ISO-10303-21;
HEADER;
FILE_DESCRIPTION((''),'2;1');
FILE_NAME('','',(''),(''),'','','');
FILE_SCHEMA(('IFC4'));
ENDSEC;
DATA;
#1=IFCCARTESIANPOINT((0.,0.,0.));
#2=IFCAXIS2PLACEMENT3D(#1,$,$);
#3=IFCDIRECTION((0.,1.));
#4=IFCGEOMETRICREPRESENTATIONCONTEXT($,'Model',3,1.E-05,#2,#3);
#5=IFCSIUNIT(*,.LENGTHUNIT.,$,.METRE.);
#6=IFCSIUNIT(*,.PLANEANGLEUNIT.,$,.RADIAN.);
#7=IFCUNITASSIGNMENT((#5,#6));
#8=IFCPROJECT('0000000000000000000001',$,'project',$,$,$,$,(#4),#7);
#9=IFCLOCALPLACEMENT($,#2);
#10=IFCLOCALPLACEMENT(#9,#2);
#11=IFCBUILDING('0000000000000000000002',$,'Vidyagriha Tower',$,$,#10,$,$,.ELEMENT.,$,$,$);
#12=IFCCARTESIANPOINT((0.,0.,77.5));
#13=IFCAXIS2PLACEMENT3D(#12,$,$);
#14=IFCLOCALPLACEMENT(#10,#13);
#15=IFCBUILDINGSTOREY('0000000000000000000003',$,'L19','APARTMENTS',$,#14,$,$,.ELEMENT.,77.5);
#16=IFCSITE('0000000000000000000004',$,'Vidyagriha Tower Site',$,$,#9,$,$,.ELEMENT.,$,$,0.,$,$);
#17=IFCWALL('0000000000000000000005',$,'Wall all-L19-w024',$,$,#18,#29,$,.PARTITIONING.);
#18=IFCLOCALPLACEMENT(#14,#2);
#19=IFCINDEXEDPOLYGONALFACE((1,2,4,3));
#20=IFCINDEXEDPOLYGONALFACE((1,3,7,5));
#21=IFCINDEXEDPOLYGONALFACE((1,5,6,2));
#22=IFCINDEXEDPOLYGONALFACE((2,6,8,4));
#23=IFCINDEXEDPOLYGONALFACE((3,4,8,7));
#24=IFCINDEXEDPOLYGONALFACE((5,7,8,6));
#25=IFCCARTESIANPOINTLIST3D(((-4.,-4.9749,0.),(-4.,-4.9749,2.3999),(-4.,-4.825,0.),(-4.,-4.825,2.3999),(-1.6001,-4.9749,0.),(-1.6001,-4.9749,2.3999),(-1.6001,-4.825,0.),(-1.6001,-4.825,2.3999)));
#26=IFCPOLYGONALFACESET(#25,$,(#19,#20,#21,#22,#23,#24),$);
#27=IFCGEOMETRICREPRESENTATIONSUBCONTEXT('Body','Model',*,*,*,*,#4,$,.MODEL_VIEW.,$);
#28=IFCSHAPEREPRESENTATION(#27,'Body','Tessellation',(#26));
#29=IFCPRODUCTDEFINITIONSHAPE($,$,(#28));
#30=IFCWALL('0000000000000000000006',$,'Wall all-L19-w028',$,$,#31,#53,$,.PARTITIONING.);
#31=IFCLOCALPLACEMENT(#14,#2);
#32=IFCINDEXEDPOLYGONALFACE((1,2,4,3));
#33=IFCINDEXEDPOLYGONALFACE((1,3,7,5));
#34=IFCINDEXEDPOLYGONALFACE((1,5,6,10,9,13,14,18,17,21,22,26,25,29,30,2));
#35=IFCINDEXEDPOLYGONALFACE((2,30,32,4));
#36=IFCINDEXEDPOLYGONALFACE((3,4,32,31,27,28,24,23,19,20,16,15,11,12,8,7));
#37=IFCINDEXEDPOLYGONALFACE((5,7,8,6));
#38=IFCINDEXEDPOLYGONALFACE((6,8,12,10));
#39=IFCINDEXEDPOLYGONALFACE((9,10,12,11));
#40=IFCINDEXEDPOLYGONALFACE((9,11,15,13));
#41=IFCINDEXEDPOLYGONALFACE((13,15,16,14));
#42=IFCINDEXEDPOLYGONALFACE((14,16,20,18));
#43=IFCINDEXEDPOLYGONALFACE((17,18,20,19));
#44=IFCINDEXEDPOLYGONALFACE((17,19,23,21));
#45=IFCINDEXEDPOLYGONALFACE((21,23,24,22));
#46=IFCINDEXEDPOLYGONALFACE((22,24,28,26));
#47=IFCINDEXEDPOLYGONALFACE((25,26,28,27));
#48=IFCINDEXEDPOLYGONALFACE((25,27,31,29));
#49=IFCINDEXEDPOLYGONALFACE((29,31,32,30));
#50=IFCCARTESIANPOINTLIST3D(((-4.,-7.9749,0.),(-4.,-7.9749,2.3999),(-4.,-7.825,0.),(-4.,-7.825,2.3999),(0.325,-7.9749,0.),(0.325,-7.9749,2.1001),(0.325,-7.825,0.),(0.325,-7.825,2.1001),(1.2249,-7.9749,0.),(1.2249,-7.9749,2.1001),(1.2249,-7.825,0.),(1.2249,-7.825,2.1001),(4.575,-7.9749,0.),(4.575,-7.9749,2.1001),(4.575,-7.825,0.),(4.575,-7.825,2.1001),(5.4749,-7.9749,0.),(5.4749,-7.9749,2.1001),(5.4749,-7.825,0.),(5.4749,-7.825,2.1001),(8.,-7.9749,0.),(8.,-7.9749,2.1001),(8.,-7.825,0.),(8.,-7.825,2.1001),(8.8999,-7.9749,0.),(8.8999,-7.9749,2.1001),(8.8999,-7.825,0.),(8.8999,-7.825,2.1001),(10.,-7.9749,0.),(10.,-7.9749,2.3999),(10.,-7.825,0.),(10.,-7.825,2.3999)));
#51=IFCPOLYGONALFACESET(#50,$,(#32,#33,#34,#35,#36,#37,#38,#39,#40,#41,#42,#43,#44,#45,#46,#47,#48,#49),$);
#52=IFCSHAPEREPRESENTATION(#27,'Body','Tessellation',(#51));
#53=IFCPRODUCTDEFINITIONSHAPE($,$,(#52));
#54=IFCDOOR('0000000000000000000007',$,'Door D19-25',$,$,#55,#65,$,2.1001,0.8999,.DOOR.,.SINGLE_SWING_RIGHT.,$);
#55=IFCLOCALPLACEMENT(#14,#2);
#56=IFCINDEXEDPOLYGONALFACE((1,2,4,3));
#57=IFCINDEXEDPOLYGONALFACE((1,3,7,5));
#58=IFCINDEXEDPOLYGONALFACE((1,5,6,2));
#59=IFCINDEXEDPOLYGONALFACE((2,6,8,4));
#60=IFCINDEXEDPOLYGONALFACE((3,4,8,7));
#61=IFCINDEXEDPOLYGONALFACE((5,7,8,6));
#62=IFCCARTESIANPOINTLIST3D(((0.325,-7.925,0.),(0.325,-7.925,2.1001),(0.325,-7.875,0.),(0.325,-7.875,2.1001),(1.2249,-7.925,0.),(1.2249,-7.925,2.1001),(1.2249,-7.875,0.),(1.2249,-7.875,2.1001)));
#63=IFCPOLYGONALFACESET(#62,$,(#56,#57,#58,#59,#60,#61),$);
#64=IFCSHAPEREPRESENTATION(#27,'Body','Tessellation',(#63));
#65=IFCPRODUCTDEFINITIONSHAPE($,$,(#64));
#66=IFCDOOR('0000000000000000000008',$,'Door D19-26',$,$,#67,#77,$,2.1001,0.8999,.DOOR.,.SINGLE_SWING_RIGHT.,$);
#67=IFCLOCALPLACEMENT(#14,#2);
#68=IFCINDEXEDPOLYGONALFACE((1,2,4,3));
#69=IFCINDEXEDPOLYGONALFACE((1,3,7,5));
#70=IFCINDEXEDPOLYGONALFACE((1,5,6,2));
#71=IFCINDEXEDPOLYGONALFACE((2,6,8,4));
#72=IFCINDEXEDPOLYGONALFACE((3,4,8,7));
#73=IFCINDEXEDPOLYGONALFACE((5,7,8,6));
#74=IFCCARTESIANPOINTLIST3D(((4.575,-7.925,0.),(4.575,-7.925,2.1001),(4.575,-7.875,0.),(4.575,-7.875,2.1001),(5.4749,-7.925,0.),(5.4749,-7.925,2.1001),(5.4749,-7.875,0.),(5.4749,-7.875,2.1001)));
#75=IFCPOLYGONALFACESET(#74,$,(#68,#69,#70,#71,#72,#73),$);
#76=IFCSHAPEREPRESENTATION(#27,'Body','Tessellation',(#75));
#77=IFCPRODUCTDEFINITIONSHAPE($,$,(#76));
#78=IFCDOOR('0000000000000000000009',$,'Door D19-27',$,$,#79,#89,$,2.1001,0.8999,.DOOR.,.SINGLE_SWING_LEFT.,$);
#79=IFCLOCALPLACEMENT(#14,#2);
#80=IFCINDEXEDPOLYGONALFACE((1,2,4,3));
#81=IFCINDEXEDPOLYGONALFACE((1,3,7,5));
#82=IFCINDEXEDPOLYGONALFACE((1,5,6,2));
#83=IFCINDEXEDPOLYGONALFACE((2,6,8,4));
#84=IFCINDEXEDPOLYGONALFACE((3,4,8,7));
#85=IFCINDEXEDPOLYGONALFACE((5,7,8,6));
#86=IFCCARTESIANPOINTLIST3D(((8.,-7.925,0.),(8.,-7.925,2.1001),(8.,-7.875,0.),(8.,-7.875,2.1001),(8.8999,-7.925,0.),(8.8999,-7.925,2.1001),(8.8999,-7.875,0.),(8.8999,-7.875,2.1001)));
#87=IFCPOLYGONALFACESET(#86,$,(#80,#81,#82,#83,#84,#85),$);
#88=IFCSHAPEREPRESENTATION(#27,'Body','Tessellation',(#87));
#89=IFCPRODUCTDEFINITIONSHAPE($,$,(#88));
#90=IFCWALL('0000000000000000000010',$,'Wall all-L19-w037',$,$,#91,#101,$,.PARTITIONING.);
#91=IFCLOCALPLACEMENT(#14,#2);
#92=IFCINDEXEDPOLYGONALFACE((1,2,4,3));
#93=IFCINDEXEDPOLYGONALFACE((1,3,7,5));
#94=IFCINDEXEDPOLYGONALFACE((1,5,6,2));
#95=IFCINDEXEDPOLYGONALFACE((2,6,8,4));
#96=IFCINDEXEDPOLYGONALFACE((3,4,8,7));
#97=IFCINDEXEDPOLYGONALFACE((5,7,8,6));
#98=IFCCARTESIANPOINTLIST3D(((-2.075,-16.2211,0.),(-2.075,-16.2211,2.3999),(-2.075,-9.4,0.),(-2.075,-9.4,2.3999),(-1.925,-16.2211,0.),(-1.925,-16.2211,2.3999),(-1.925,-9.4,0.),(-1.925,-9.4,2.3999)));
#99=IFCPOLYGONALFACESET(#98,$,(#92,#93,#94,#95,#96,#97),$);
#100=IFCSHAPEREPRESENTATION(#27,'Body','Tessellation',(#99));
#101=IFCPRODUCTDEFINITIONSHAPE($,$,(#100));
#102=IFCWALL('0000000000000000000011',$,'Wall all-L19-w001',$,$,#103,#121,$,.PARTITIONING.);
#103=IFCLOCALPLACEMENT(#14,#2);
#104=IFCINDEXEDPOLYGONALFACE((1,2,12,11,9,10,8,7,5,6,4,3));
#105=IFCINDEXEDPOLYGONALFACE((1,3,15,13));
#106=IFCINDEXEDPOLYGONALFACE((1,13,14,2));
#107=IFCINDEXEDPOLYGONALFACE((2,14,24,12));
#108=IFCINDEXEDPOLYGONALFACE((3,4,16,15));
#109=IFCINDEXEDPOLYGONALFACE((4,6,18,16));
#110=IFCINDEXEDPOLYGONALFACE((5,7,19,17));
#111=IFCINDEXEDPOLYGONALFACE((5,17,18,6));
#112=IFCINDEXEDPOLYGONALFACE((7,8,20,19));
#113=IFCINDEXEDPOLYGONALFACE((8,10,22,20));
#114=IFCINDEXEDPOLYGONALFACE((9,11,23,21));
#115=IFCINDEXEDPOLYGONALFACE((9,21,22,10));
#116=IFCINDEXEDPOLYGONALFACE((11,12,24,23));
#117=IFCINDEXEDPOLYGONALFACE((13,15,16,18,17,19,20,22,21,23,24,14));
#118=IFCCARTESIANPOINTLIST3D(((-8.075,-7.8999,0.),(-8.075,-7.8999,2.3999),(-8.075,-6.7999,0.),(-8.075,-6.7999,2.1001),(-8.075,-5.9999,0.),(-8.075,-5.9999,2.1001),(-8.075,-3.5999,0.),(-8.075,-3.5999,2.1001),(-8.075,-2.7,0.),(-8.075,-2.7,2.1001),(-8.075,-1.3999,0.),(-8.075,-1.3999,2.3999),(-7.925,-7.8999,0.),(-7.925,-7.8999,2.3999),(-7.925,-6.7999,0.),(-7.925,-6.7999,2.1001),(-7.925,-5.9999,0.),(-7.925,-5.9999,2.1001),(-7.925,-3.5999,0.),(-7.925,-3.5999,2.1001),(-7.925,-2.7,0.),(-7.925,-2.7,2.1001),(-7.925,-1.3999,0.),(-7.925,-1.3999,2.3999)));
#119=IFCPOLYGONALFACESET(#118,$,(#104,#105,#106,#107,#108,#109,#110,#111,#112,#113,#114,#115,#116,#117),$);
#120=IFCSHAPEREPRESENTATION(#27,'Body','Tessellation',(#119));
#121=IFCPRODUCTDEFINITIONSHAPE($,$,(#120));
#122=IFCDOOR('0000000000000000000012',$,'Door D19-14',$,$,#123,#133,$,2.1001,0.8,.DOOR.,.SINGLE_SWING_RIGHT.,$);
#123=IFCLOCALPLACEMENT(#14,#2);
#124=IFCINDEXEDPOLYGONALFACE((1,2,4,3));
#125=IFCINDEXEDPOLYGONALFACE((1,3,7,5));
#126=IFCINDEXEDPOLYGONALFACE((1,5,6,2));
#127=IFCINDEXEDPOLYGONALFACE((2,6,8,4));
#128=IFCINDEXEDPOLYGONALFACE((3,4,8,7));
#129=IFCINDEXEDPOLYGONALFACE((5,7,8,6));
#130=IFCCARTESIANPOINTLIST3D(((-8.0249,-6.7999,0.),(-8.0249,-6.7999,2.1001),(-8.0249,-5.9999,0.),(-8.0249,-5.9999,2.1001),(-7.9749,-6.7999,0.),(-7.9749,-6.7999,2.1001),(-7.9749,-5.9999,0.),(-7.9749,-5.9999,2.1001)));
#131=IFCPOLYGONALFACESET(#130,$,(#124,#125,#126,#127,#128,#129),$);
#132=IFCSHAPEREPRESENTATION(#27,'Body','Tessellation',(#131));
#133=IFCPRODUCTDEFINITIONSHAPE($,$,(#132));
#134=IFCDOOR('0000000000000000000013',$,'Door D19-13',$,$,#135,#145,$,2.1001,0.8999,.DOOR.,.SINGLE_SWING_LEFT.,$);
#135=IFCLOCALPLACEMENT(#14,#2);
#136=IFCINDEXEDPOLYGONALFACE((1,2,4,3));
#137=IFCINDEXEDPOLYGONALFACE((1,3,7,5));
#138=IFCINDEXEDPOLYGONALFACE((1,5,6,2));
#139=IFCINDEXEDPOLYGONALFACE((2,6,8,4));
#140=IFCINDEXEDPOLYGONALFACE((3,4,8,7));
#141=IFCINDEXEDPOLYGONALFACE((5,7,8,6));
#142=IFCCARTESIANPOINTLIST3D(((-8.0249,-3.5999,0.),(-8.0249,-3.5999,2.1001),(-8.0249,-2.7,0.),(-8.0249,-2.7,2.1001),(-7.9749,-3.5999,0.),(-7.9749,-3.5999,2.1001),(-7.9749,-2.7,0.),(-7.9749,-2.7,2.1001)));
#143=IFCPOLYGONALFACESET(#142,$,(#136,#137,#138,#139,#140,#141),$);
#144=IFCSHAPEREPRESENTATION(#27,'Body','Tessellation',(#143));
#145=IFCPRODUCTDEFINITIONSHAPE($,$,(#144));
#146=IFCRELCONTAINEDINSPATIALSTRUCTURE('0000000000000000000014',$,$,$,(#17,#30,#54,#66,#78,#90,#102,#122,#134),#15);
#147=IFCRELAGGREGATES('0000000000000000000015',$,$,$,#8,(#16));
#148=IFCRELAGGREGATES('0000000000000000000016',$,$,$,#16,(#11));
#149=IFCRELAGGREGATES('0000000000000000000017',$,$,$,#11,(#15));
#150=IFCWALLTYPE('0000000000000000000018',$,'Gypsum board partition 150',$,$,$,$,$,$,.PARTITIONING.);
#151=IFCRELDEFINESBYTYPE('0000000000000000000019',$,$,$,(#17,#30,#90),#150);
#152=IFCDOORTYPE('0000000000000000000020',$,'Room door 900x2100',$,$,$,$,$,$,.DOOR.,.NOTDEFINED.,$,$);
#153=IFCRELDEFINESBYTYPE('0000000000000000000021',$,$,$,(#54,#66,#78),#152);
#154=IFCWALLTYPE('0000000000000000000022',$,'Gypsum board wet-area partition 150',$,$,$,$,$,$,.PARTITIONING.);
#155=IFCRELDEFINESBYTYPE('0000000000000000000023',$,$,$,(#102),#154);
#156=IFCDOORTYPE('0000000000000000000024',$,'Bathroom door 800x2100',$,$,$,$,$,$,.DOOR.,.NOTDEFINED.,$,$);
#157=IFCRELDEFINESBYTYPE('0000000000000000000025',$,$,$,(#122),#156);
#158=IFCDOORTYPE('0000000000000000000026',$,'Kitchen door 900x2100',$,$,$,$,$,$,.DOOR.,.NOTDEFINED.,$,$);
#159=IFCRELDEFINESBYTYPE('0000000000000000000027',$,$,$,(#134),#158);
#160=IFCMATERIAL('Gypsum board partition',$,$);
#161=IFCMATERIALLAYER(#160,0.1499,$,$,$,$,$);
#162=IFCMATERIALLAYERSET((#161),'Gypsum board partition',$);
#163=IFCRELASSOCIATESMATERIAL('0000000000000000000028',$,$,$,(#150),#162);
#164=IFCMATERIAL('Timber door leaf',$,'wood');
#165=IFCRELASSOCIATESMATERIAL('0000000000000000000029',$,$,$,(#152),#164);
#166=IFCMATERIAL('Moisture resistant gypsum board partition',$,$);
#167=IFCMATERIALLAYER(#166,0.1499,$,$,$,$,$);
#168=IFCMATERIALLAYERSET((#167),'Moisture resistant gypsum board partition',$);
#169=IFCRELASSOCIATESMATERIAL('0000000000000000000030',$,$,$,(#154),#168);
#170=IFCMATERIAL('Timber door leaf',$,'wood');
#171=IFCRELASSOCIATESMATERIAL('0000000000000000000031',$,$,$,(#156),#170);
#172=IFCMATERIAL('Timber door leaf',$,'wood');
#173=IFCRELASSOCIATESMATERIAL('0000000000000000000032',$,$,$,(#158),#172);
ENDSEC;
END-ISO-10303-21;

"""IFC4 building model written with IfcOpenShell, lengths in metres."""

from ifc_helpers import new_model, si_unit, direction, frame, frame_2d, origin, place, context, subcontext, project, spatial, rectangle, extrude, material, layer, layer_set, type_object, element, fill, save


model = new_model("IFC4")

# Units and contexts
model_context = context("Model", 3, precision=1e-05, world=origin(), true_north=direction((0.0, 1.0)))
body_context = subcontext(model_context, "Body", "Model", "MODEL_VIEW")
ifc_project = project(units=[si_unit("LENGTHUNIT", "METRE"), si_unit("PLANEANGLEUNIT", "RADIAN")], contexts=[model_context])

# Site, building, storey
site_placement = place(None, origin())
site = spatial("IfcSite", under=ifc_project, at=site_placement, Name="Vidyagriha Tower Site", CompositionType="ELEMENT", RefElevation=0.0)
building_placement = place(site_placement, origin())
building = spatial("IfcBuilding", under=site, at=building_placement, Name="Vidyagriha Tower", CompositionType="ELEMENT")
storey_placement = place(building_placement, frame((0.0, 0.0, 77.5)))
storey = spatial("IfcBuildingStorey", under=building, at=storey_placement, Name="L19", Description="APARTMENTS", CompositionType="ELEMENT", Elevation=77.5)

# Shared definitions
ifc_material_1 = material(Name="Gypsum board partition")
ifc_layer_1 = layer(ifc_material_1, 0.1499)
ifc_layer_set_1 = layer_set([ifc_layer_1], Name="Gypsum board partition")
wall_type_1 = type_object("IfcWallType", Name="Gypsum board partition 150", PredefinedType="PARTITIONING", material=ifc_layer_set_1)

# Shared definitions
ifc_material_2 = material(Name="Timber door leaf", Category="wood")
door_type_1 = type_object("IfcDoorType", Name="Room door 900x2100", OperationType="NOTDEFINED", PredefinedType="DOOR", material=ifc_material_2)

# Wall
wall_1_placement = place(storey_placement, frame((-1.6001, -4.8999, 0.0), z_axis=(0.0, 0.0, 1.0), x_axis=(-1.0, 0.0, 0.0)))
element("IfcWall", 1, at=wall_1_placement, inside=storey, type_object=wall_type_1, Name="Wall all-L19-w024", PredefinedType="PARTITIONING", context=body_context, shape_type="SweptSolid", body=[
    extrude(rectangle(XDim=2.3999, YDim=0.1499, at=frame_2d((1.2, 0.0))), origin(), (0.0, 0.0, 1.0), 2.3999),
])

# Wall, openings, doors
wall_2_placement = place(storey_placement, frame((-4.0, -7.8999, 0.0)))
wall_2 = element("IfcWall", 2, at=wall_2_placement, inside=storey, type_object=wall_type_1, Name="Wall all-L19-w028", PredefinedType="PARTITIONING", context=body_context, shape_type="SweptSolid", body=[
    extrude(rectangle(XDim=14.0, YDim=0.1499, at=frame_2d((7.0, 0.0))), origin(), (0.0, 0.0, 1.0), 2.3999),
])
opening_1_placement = place(wall_2_placement, frame((4.325, 0.0, 0.0)))
opening_1 = element("IfcOpeningElement", 3, at=opening_1_placement, cuts=wall_2, PredefinedType="OPENING", context=body_context, shape_type="SweptSolid", body=[
    extrude(rectangle(XDim=0.8999, YDim=2.1001, at=frame_2d((0.45, 1.05))), frame((0.0, 0.085, 0.0), z_axis=(0.0, -1.0, 0.0), x_axis=(1.0, 0.0, 0.0)), (0.0, 0.0, 1.0), 0.1699),
])
opening_2_placement = place(wall_2_placement, frame((8.575, 0.0, 0.0)))
opening_2 = element("IfcOpeningElement", 4, at=opening_2_placement, cuts=wall_2, PredefinedType="OPENING", context=body_context, shape_type="SweptSolid", body=[
    extrude(rectangle(XDim=0.8999, YDim=2.1001, at=frame_2d((0.45, 1.05))), frame((0.0, 0.085, 0.0), z_axis=(0.0, -1.0, 0.0), x_axis=(1.0, 0.0, 0.0)), (0.0, 0.0, 1.0), 0.1699),
])
opening_3_placement = place(wall_2_placement, frame((12.0, 0.0, 0.0)))
opening_3 = element("IfcOpeningElement", 5, at=opening_3_placement, cuts=wall_2, PredefinedType="OPENING", context=body_context, shape_type="SweptSolid", body=[
    extrude(rectangle(XDim=0.8999, YDim=2.1001, at=frame_2d((0.45, 1.05))), frame((0.0, 0.085, 0.0), z_axis=(0.0, -1.0, 0.0), x_axis=(1.0, 0.0, 0.0)), (0.0, 0.0, 1.0), 0.1699),
])
door_1_placement = place(opening_1_placement, origin())
door_1 = element("IfcDoor", 6, at=door_1_placement, inside=storey, type_object=door_type_1, Name="Door D19-25", OperationType="SINGLE_SWING_RIGHT", OverallHeight=2.1001, OverallWidth=0.8999, PredefinedType="DOOR", context=body_context, shape_type="SweptSolid", body=[
    extrude(rectangle(XDim=0.8999, YDim=2.1001, at=frame_2d((0.45, 1.05))), frame((0.0, 0.0249, 0.0), z_axis=(0.0, -1.0, 0.0), x_axis=(1.0, 0.0, 0.0)), (0.0, 0.0, 1.0), 0.05),
])
fill(opening_1, door_1)
door_2_placement = place(opening_2_placement, origin())
door_2 = element("IfcDoor", 7, at=door_2_placement, inside=storey, type_object=door_type_1, Name="Door D19-26", OperationType="SINGLE_SWING_RIGHT", OverallHeight=2.1001, OverallWidth=0.8999, PredefinedType="DOOR", context=body_context, shape_type="SweptSolid", body=[
    extrude(rectangle(XDim=0.8999, YDim=2.1001, at=frame_2d((0.45, 1.05))), frame((0.0, 0.0249, 0.0), z_axis=(0.0, -1.0, 0.0), x_axis=(1.0, 0.0, 0.0)), (0.0, 0.0, 1.0), 0.05),
])
fill(opening_2, door_2)
door_3_placement = place(opening_3_placement, origin())
door_3 = element("IfcDoor", 8, at=door_3_placement, inside=storey, type_object=door_type_1, Name="Door D19-27", OperationType="SINGLE_SWING_LEFT", OverallHeight=2.1001, OverallWidth=0.8999, PredefinedType="DOOR", context=body_context, shape_type="SweptSolid", body=[
    extrude(rectangle(XDim=0.8999, YDim=2.1001, at=frame_2d((0.45, 1.05))), frame((0.0, 0.0249, 0.0), z_axis=(0.0, -1.0, 0.0), x_axis=(1.0, 0.0, 0.0)), (0.0, 0.0, 1.0), 0.05),
])
fill(opening_3, door_3)

# Wall
wall_3_placement = place(storey_placement, frame((-2.0, -9.3999, 0.0), z_axis=(0.0, 0.0, 1.0), x_axis=(0.0, -1.0, 0.0)))
element("IfcWall", 9, at=wall_3_placement, inside=storey, type_object=wall_type_1, Name="Wall all-L19-w037", PredefinedType="PARTITIONING", context=body_context, shape_type="SweptSolid", body=[
    extrude(rectangle(XDim=6.821, YDim=0.1499, at=frame_2d((3.4106, 0.0))), origin(), (0.0, 0.0, 1.0), 2.3999),
])

# Wall, openings, doors
ifc_material_3 = material(Name="Moisture resistant gypsum board partition")
ifc_layer_2 = layer(ifc_material_3, 0.1499)
ifc_layer_set_2 = layer_set([ifc_layer_2], Name="Moisture resistant gypsum board partition")
wall_type_2 = type_object("IfcWallType", Name="Gypsum board wet-area partition 150", PredefinedType="PARTITIONING", material=ifc_layer_set_2)
wall_4_placement = place(storey_placement, frame((-8.0, -7.8999, 0.0), z_axis=(0.0, 0.0, 1.0), x_axis=(0.0, 1.0, 0.0)))
wall_4 = element("IfcWall", 10, at=wall_4_placement, inside=storey, type_object=wall_type_2, Name="Wall all-L19-w001", PredefinedType="PARTITIONING", context=body_context, shape_type="SweptSolid", body=[
    extrude(rectangle(XDim=6.5, YDim=0.1499, at=frame_2d((3.25, 0.0))), origin(), (0.0, 0.0, 1.0), 2.3999),
])
opening_4_placement = place(wall_4_placement, frame((4.3, 0.0, 0.0)))
opening_4 = element("IfcOpeningElement", 11, at=opening_4_placement, cuts=wall_4, PredefinedType="OPENING", context=body_context, shape_type="SweptSolid", body=[
    extrude(rectangle(XDim=0.8999, YDim=2.1001, at=frame_2d((0.45, 1.05))), frame((0.0, 0.085, 0.0), z_axis=(0.0, -1.0, 0.0), x_axis=(1.0, 0.0, 0.0)), (0.0, 0.0, 1.0), 0.1699),
])
opening_5_placement = place(wall_4_placement, frame((1.1001, 0.0, 0.0)))
opening_5 = element("IfcOpeningElement", 12, at=opening_5_placement, cuts=wall_4, PredefinedType="OPENING", context=body_context, shape_type="SweptSolid", body=[
    extrude(rectangle(XDim=0.8, YDim=2.1001, at=frame_2d((0.3999, 1.05))), frame((0.0, 0.085, 0.0), z_axis=(0.0, -1.0, 0.0), x_axis=(1.0, 0.0, 0.0)), (0.0, 0.0, 1.0), 0.1699),
])
ifc_material_4 = material(Name="Timber door leaf", Category="wood")
door_type_2 = type_object("IfcDoorType", Name="Bathroom door 800x2100", OperationType="NOTDEFINED", PredefinedType="DOOR", material=ifc_material_4)
door_4_placement = place(opening_5_placement, origin())
door_4 = element("IfcDoor", 13, at=door_4_placement, inside=storey, type_object=door_type_2, Name="Door D19-14", OperationType="SINGLE_SWING_RIGHT", OverallHeight=2.1001, OverallWidth=0.8, PredefinedType="DOOR", context=body_context, shape_type="SweptSolid", body=[
    extrude(rectangle(XDim=0.8, YDim=2.1001, at=frame_2d((0.3999, 1.05))), frame((0.0, 0.0249, 0.0), z_axis=(0.0, -1.0, 0.0), x_axis=(1.0, 0.0, 0.0)), (0.0, 0.0, 1.0), 0.05),
])
fill(opening_5, door_4)
ifc_material_5 = material(Name="Timber door leaf", Category="wood")
door_type_3 = type_object("IfcDoorType", Name="Kitchen door 900x2100", OperationType="NOTDEFINED", PredefinedType="DOOR", material=ifc_material_5)
door_5_placement = place(opening_4_placement, origin())
door_5 = element("IfcDoor", 14, at=door_5_placement, inside=storey, type_object=door_type_3, Name="Door D19-13", OperationType="SINGLE_SWING_LEFT", OverallHeight=2.1001, OverallWidth=0.8999, PredefinedType="DOOR", context=body_context, shape_type="SweptSolid", body=[
    extrude(rectangle(XDim=0.8999, YDim=2.1001, at=frame_2d((0.45, 1.05))), frame((0.0, 0.0249, 0.0), z_axis=(0.0, -1.0, 0.0), x_axis=(1.0, 0.0, 0.0)), (0.0, 0.0, 1.0), 0.05),
])
fill(opening_4, door_5)

save(model, "model.ifc")
